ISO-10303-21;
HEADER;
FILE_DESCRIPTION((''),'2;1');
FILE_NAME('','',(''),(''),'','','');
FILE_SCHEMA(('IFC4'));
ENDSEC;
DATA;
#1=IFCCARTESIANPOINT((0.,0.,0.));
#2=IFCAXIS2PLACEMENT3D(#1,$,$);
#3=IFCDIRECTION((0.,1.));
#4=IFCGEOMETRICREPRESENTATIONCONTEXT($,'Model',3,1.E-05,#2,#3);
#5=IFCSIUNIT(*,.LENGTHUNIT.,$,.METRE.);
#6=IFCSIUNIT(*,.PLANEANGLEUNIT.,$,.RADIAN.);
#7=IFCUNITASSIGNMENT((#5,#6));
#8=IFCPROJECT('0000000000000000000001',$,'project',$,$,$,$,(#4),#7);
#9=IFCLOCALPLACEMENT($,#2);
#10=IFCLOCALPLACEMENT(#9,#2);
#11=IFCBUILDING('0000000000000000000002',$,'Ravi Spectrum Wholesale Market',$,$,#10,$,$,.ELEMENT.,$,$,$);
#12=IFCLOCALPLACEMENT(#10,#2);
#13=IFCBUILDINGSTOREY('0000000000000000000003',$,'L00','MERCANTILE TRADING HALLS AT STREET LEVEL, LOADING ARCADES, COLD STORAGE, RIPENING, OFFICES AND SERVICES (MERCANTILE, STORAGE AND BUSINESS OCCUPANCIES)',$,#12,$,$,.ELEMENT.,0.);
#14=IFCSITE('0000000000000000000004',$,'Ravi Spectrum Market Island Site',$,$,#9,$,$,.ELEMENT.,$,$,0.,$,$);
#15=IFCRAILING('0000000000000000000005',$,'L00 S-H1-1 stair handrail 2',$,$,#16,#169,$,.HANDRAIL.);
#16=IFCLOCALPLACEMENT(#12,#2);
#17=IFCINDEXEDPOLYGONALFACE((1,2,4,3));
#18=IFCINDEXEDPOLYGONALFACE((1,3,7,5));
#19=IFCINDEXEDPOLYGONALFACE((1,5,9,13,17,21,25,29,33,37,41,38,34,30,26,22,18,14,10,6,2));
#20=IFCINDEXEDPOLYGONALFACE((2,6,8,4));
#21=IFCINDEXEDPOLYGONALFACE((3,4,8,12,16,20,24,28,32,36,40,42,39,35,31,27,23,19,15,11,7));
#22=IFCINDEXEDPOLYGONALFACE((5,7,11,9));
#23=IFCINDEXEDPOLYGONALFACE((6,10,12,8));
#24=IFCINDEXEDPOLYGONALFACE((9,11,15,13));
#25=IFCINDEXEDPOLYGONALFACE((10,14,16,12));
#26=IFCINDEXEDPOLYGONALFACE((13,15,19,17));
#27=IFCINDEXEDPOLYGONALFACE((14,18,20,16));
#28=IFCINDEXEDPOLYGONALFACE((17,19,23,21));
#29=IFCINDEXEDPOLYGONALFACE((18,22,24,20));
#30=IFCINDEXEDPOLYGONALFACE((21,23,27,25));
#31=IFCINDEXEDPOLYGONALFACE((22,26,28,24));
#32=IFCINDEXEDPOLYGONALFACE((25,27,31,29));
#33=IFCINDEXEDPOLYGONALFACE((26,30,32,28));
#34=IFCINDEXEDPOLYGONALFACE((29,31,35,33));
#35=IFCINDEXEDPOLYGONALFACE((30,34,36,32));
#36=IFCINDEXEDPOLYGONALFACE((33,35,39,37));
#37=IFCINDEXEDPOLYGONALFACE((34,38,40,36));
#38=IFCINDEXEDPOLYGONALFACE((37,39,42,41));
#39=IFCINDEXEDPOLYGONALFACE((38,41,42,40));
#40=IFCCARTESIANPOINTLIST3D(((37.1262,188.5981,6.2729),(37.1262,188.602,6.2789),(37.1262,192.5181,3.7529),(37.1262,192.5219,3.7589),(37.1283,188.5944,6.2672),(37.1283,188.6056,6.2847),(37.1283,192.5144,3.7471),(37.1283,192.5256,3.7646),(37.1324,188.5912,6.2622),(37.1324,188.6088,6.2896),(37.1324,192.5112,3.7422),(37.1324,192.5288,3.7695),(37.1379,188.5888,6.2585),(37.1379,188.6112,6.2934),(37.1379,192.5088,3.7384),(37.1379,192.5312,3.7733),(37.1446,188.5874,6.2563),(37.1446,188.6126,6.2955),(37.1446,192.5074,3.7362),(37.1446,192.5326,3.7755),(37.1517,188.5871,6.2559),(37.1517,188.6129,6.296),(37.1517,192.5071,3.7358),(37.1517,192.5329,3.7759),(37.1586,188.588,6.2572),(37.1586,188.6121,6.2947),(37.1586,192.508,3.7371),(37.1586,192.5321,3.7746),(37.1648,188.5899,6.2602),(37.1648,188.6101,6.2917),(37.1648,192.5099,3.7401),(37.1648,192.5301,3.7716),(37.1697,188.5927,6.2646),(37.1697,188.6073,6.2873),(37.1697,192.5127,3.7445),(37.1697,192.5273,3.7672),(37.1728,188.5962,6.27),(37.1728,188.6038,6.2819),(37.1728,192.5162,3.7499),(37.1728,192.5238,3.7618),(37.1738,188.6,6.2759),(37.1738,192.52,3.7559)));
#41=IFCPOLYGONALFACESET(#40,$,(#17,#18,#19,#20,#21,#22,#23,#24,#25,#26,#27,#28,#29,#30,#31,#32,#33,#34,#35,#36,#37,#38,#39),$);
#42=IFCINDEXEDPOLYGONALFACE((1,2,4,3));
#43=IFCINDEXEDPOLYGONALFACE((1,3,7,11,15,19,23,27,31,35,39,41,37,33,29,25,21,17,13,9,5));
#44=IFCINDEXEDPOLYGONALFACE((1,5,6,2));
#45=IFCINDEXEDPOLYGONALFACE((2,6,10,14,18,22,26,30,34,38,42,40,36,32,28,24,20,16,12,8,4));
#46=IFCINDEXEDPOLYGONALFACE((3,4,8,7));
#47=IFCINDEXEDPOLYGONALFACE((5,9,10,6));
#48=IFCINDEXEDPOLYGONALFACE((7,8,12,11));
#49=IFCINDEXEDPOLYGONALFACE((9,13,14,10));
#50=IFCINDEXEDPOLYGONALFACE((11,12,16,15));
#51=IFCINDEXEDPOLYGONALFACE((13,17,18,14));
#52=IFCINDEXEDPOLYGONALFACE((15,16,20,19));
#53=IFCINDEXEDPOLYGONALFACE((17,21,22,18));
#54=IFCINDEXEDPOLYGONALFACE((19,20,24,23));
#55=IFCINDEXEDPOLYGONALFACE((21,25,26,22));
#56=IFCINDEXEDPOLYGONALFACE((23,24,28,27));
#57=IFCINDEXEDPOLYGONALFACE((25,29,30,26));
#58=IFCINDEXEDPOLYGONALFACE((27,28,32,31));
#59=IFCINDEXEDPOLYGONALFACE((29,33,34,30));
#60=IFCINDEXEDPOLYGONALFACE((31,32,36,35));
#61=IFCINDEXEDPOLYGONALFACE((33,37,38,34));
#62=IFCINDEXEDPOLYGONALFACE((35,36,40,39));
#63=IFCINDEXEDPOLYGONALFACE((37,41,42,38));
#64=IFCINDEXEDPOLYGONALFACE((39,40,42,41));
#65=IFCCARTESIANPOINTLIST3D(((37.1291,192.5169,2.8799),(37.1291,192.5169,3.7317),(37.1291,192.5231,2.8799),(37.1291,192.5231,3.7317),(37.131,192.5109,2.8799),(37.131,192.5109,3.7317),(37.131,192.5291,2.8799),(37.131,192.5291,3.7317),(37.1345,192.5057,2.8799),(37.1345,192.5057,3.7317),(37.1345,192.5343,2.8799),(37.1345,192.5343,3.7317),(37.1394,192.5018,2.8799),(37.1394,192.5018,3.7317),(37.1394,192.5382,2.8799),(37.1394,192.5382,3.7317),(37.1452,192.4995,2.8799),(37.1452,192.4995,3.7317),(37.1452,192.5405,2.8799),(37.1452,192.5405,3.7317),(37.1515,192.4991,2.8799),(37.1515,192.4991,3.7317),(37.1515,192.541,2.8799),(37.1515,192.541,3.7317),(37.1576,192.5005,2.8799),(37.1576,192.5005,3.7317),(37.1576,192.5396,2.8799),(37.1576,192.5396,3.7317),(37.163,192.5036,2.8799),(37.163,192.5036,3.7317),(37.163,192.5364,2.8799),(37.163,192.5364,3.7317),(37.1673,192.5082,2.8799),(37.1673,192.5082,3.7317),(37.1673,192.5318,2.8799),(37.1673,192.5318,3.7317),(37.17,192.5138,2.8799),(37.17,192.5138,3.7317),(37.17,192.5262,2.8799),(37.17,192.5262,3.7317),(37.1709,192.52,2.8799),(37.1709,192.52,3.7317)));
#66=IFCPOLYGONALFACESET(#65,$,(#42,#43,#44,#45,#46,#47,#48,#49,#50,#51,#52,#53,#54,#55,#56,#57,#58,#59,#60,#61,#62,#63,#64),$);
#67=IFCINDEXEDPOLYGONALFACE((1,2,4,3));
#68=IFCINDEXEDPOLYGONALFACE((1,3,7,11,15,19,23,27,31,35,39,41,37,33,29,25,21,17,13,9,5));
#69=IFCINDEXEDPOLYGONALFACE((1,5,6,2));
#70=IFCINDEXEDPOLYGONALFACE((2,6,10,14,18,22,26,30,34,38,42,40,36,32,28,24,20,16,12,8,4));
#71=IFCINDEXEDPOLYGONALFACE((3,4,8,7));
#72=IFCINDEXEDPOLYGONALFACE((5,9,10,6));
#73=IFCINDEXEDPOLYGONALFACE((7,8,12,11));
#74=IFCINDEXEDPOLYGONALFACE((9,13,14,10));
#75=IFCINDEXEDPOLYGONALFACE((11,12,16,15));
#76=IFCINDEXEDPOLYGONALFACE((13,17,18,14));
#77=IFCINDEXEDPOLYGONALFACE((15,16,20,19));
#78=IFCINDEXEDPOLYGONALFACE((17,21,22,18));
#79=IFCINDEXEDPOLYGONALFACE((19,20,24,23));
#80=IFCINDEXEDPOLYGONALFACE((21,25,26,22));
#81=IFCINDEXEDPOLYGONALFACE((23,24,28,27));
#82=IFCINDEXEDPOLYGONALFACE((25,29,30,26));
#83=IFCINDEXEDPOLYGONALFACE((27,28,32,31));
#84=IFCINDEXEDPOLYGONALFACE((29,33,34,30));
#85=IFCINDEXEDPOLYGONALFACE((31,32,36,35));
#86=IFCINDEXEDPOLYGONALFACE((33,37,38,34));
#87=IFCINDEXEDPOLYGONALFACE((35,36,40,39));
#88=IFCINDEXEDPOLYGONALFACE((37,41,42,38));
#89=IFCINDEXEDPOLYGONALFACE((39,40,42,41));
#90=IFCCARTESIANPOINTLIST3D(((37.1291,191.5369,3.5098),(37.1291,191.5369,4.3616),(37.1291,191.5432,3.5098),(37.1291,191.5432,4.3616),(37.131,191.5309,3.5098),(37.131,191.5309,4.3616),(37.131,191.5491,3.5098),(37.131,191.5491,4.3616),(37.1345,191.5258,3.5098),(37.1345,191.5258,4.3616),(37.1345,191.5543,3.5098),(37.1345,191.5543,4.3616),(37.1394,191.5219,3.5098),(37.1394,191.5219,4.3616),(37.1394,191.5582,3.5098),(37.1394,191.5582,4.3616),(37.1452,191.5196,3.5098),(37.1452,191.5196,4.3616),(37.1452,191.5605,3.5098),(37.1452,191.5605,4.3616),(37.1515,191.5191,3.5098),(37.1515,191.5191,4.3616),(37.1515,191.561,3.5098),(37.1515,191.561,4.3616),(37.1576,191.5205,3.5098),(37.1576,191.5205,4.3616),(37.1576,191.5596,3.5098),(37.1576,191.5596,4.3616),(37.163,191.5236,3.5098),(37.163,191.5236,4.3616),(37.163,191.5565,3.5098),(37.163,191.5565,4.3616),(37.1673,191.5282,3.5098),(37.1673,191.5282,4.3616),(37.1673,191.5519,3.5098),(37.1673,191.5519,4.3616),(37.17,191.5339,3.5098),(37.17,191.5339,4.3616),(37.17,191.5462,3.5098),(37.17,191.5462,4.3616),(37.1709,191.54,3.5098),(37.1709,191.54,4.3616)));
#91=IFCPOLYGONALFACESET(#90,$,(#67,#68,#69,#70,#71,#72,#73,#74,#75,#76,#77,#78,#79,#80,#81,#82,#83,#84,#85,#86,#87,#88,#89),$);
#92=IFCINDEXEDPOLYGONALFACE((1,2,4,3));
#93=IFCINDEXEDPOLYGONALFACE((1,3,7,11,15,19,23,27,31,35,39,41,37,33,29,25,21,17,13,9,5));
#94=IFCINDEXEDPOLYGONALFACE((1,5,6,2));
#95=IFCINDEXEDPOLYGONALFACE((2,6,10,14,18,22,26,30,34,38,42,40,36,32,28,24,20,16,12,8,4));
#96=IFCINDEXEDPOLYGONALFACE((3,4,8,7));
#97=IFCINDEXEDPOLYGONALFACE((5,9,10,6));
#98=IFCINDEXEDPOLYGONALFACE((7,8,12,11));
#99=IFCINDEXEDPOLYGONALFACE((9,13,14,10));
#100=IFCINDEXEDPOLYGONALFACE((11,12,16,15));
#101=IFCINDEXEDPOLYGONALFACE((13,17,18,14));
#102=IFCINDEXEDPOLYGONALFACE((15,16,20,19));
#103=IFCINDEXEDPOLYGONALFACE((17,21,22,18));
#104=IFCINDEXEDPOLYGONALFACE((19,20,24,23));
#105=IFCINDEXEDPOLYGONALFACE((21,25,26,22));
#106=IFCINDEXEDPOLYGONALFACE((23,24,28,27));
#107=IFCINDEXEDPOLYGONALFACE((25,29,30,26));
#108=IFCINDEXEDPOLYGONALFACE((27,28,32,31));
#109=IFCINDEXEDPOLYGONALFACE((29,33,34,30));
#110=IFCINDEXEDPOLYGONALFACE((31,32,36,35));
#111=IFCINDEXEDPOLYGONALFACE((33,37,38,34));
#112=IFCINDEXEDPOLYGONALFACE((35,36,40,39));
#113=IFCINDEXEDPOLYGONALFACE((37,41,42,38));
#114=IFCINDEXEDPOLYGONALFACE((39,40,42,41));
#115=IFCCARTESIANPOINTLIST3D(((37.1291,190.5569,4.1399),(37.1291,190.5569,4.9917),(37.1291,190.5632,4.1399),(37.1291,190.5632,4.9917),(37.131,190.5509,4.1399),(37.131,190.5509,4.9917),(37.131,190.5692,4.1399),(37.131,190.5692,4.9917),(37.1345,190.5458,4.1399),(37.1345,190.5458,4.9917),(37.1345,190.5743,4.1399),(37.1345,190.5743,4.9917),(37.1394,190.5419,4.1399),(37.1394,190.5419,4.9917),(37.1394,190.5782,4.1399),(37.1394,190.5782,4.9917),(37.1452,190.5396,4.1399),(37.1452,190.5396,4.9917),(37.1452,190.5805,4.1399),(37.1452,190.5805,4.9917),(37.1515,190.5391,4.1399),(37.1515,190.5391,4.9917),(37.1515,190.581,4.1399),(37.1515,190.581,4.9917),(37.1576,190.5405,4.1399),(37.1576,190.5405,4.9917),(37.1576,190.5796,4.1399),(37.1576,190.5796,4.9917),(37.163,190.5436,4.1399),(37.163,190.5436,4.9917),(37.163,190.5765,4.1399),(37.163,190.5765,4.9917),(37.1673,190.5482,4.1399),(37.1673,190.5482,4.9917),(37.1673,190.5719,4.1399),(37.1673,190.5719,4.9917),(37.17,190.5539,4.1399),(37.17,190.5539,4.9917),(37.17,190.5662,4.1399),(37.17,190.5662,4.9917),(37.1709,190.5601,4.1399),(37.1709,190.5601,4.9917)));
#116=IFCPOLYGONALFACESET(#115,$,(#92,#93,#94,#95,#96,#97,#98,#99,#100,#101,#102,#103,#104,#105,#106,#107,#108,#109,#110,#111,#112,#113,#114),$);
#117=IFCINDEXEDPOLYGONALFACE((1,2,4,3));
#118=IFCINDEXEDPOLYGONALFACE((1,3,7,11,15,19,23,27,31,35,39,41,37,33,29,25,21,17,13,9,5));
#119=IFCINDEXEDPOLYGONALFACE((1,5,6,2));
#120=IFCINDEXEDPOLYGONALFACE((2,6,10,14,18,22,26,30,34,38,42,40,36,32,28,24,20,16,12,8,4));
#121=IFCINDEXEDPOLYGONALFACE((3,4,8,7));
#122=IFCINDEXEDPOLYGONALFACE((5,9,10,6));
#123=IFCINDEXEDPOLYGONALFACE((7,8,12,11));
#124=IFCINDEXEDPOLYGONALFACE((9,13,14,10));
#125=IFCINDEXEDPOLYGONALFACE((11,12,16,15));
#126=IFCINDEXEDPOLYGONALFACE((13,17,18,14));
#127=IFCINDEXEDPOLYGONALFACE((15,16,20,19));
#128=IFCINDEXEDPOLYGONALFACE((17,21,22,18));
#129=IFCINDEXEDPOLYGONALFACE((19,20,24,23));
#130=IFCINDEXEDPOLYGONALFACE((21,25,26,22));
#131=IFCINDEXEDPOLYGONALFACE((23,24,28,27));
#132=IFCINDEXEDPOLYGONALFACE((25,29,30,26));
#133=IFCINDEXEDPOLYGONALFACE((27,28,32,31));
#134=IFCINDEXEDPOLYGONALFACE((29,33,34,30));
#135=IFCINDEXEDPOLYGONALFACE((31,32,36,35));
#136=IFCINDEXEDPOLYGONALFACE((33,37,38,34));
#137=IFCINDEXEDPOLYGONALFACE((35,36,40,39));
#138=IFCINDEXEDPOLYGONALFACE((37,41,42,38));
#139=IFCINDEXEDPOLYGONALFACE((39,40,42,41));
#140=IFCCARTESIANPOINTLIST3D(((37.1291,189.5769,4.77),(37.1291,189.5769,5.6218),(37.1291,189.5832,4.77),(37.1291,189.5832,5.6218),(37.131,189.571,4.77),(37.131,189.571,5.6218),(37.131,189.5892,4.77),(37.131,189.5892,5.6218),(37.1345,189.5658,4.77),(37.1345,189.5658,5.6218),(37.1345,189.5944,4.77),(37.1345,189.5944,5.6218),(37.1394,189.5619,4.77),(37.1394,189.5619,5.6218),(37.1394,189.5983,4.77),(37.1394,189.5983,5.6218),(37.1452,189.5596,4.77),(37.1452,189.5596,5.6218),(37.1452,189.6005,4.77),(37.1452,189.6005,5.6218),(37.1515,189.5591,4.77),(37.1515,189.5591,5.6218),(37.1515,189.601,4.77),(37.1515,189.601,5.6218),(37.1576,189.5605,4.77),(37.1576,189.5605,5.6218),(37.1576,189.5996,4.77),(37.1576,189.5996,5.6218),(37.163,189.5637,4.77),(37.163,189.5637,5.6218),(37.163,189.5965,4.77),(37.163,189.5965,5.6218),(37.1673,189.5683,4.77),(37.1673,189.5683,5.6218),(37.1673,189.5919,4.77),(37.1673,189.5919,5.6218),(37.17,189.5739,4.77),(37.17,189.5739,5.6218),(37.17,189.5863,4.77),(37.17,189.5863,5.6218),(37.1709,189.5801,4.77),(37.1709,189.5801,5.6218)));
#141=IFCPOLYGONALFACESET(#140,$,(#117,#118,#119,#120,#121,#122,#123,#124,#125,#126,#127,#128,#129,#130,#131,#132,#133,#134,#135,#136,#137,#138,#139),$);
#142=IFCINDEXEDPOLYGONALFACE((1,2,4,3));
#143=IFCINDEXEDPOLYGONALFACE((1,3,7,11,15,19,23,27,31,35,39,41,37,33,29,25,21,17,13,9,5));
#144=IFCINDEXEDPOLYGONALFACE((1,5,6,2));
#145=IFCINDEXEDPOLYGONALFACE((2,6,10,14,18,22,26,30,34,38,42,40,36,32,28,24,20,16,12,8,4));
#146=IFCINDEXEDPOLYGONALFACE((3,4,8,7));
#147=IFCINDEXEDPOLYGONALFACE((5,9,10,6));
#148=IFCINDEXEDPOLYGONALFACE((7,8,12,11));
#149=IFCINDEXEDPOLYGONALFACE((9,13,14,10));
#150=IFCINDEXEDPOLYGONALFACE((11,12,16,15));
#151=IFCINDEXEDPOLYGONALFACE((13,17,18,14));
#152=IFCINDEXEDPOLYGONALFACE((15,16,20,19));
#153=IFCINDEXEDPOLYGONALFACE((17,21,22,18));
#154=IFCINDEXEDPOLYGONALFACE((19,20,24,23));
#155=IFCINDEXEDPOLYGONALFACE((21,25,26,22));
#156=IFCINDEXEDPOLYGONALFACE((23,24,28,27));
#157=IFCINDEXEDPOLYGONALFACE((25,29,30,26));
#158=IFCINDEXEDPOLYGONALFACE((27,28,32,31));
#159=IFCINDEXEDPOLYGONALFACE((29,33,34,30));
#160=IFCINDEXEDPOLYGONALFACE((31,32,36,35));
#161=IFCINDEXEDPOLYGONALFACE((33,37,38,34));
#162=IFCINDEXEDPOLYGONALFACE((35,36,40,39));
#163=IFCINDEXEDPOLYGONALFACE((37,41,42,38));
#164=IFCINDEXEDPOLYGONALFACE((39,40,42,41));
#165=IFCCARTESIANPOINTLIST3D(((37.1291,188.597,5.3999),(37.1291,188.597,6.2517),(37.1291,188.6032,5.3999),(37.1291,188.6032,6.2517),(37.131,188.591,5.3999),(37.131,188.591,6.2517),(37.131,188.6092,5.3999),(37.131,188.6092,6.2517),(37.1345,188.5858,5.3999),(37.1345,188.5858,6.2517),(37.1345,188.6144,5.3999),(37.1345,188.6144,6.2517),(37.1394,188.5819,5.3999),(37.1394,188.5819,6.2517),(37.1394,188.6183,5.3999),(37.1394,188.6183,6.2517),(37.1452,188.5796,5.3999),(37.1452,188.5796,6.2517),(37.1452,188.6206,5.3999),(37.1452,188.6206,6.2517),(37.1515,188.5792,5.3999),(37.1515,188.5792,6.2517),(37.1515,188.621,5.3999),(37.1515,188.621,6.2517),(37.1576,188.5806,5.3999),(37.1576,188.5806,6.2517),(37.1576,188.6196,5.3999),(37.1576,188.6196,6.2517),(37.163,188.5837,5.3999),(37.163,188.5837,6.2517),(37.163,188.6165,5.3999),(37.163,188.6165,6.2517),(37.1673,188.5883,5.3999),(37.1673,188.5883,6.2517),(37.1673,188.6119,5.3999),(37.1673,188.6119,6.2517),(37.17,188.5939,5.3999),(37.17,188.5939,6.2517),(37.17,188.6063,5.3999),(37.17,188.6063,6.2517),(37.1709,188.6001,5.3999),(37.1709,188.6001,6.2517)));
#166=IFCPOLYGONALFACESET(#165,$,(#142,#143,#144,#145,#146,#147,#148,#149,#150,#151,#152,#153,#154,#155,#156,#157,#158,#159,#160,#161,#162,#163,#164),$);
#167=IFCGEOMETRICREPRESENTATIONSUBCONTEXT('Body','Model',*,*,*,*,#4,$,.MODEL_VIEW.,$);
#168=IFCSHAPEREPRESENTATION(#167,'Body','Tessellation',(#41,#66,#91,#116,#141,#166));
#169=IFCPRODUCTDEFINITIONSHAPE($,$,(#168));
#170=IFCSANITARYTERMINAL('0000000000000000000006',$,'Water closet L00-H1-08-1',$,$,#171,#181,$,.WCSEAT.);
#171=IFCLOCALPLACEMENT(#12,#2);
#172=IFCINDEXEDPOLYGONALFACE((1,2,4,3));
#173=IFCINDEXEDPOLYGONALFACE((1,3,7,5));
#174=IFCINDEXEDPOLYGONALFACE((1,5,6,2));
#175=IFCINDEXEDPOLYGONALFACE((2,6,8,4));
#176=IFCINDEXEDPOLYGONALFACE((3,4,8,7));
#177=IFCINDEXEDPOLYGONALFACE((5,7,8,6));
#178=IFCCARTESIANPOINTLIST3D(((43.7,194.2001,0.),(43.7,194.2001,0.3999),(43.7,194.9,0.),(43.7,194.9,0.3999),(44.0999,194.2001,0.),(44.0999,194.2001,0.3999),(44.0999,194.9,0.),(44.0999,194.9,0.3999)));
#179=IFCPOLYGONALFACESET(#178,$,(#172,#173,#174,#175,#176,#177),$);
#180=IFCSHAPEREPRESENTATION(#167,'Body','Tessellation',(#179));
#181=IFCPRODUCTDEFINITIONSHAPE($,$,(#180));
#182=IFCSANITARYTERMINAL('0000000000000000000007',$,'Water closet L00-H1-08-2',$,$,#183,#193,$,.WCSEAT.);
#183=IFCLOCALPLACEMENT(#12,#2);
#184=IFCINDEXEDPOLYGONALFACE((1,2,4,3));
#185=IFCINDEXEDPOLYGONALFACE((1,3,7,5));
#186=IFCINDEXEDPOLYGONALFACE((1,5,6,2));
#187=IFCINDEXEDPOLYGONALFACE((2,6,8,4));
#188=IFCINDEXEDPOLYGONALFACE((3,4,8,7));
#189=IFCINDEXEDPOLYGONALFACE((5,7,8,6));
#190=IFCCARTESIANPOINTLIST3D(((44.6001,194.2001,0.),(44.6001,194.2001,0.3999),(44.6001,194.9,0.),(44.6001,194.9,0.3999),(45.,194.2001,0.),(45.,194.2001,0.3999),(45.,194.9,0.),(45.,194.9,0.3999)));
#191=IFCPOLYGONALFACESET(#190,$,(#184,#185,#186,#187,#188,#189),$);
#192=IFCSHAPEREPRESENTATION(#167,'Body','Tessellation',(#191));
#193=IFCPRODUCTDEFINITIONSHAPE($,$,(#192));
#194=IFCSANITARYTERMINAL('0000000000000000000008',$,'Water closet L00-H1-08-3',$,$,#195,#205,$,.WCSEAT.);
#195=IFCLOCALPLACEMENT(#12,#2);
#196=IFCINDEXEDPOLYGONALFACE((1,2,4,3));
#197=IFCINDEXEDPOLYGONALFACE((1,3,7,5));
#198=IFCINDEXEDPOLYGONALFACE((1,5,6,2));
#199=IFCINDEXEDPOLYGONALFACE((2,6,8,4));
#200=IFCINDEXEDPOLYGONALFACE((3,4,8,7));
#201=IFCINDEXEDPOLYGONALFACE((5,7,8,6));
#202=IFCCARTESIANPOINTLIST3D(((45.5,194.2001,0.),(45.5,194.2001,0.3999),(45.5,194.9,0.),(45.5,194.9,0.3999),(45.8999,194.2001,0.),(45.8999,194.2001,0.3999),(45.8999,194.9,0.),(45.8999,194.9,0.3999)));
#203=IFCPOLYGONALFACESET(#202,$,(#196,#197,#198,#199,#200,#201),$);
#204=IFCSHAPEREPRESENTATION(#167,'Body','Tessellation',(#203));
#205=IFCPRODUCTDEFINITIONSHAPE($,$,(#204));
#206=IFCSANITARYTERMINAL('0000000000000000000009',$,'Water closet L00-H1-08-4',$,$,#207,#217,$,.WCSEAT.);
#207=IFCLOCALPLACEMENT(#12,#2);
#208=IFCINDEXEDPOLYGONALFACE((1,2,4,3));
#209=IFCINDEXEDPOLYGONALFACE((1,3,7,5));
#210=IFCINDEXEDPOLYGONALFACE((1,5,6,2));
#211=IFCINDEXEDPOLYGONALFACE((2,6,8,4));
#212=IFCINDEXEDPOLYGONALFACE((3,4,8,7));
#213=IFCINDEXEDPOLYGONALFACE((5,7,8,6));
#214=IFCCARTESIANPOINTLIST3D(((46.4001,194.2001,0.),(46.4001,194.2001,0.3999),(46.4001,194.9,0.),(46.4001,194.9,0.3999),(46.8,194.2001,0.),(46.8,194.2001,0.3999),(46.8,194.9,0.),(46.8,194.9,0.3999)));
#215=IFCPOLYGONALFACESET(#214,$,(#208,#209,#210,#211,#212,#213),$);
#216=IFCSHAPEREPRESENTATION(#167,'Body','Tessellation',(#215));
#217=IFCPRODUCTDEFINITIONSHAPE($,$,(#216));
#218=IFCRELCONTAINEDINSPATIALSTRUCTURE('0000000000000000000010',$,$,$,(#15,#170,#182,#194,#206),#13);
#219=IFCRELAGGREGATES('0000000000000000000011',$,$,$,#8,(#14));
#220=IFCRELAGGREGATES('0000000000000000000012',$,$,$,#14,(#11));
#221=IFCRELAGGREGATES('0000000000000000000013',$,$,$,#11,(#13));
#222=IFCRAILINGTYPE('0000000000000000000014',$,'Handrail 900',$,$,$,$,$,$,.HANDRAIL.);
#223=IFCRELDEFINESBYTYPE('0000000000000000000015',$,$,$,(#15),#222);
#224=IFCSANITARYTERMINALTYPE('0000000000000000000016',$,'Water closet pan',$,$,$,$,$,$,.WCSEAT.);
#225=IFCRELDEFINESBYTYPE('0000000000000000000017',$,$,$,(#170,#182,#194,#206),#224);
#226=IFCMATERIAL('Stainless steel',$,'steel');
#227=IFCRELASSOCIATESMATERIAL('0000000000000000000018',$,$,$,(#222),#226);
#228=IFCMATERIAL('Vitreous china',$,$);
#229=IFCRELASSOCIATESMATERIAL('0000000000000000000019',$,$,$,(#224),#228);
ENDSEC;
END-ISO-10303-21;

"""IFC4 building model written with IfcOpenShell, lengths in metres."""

from ifc_helpers import new_model, si_unit, direction, frame, origin, origin_2d, place, context, subcontext, project, spatial, rectangle, circle, extrude, material, type_object, element, save


model = new_model("IFC4")

# Units and contexts
model_context = context("Model", 3, precision=1e-05, world=origin(), true_north=direction((0.0, 1.0)))
body_context = subcontext(model_context, "Body", "Model", "MODEL_VIEW")
ifc_project = project(units=[si_unit("LENGTHUNIT", "METRE"), si_unit("PLANEANGLEUNIT", "RADIAN")], contexts=[model_context])

# Site, building, storey
site_placement = place(None, origin())
site = spatial("IfcSite", under=ifc_project, at=site_placement, Name="Ravi Spectrum Market Island Site", CompositionType="ELEMENT", RefElevation=0.0)
building_placement = place(site_placement, origin())
building = spatial("IfcBuilding", under=site, at=building_placement, Name="Ravi Spectrum Wholesale Market", CompositionType="ELEMENT")
storey_placement = place(building_placement, origin())
storey = spatial("IfcBuildingStorey", under=building, at=storey_placement, Name="L00", Description="MERCANTILE TRADING HALLS AT STREET LEVEL, LOADING ARCADES, COLD STORAGE, RIPENING, OFFICES AND SERVICES (MERCANTILE, STORAGE AND BUSINESS OCCUPANCIES)", CompositionType="ELEMENT", Elevation=0.0)

# Railing
ifc_material_1 = material(Name="Stainless steel", Category="steel")
railing_type_1 = type_object("IfcRailingType", Name="Handrail 900", PredefinedType="HANDRAIL", material=ifc_material_1)
railing_1_placement = place(storey_placement, frame((37.1499, 192.52, 2.8799)))
element("IfcRailing", 1, at=railing_1_placement, inside=storey, type_object=railing_type_1, Name="L00 S-H1-1 stair handrail 2", PredefinedType="HANDRAIL", context=body_context, shape_type="SweptSolid", body=[
    extrude(circle(Radius=0.0239, at=origin_2d()), frame((0.0, 0.0, 0.876), z_axis=(0.0, -0.841172, 0.540768), x_axis=(1.0, 0.0, 0.0)), (0.0, 0.0, 1.0), 4.6602),
    extrude(circle(Radius=0.021, at=origin_2d()), origin(), (0.0, 0.0, 1.0), 0.8518),
    extrude(circle(Radius=0.021, at=origin_2d()), frame((0.0, -0.98, 0.6299)), (0.0, 0.0, 1.0), 0.8518),
    extrude(circle(Radius=0.021, at=origin_2d()), frame((0.0, -1.96, 1.26)), (0.0, 0.0, 1.0), 0.8518),
    extrude(circle(Radius=0.021, at=origin_2d()), frame((0.0, -2.9399, 1.8901)), (0.0, 0.0, 1.0), 0.8518),
    extrude(circle(Radius=0.021, at=origin_2d()), frame((0.0, -3.9199, 2.52)), (0.0, 0.0, 1.0), 0.8518),
])

# Sanitary terminals
ifc_material_2 = material(Name="Vitreous china")
sanitary_terminal_type = type_object("IfcSanitaryTerminalType", Name="Water closet pan", PredefinedType="WCSEAT", material=ifc_material_2)
for number, where, z_axis, x_axis, name in (
    (2, (43.8999, 194.55, 0.0), (0.0, 0.0, 1.0), (1.0, 0.0, 0.0), "Water closet L00-H1-08-1"),
    (3, (44.8, 194.55, 0.0), (0.0, 0.0, 1.0), (1.0, 0.0, 0.0), "Water closet L00-H1-08-2"),
    (4, (45.7, 194.55, 0.0), (0.0, 0.0, 1.0), (1.0, 0.0, 0.0), "Water closet L00-H1-08-3"),
    (5, (46.6001, 194.55, 0.0), (0.0, 0.0, 1.0), (1.0, 0.0, 0.0), "Water closet L00-H1-08-4"),
):
    element("IfcSanitaryTerminal", number, at=place(storey_placement, frame(where, z_axis=z_axis, x_axis=x_axis)), inside=storey, type_object=sanitary_terminal_type, Name=name, PredefinedType="WCSEAT", context=body_context, shape_type="SweptSolid", body=[
        extrude(rectangle(XDim=0.3999, YDim=0.7, at=origin_2d()), origin(), (0.0, 0.0, 1.0), 0.3999),
    ])

save(model, "model.ifc")
